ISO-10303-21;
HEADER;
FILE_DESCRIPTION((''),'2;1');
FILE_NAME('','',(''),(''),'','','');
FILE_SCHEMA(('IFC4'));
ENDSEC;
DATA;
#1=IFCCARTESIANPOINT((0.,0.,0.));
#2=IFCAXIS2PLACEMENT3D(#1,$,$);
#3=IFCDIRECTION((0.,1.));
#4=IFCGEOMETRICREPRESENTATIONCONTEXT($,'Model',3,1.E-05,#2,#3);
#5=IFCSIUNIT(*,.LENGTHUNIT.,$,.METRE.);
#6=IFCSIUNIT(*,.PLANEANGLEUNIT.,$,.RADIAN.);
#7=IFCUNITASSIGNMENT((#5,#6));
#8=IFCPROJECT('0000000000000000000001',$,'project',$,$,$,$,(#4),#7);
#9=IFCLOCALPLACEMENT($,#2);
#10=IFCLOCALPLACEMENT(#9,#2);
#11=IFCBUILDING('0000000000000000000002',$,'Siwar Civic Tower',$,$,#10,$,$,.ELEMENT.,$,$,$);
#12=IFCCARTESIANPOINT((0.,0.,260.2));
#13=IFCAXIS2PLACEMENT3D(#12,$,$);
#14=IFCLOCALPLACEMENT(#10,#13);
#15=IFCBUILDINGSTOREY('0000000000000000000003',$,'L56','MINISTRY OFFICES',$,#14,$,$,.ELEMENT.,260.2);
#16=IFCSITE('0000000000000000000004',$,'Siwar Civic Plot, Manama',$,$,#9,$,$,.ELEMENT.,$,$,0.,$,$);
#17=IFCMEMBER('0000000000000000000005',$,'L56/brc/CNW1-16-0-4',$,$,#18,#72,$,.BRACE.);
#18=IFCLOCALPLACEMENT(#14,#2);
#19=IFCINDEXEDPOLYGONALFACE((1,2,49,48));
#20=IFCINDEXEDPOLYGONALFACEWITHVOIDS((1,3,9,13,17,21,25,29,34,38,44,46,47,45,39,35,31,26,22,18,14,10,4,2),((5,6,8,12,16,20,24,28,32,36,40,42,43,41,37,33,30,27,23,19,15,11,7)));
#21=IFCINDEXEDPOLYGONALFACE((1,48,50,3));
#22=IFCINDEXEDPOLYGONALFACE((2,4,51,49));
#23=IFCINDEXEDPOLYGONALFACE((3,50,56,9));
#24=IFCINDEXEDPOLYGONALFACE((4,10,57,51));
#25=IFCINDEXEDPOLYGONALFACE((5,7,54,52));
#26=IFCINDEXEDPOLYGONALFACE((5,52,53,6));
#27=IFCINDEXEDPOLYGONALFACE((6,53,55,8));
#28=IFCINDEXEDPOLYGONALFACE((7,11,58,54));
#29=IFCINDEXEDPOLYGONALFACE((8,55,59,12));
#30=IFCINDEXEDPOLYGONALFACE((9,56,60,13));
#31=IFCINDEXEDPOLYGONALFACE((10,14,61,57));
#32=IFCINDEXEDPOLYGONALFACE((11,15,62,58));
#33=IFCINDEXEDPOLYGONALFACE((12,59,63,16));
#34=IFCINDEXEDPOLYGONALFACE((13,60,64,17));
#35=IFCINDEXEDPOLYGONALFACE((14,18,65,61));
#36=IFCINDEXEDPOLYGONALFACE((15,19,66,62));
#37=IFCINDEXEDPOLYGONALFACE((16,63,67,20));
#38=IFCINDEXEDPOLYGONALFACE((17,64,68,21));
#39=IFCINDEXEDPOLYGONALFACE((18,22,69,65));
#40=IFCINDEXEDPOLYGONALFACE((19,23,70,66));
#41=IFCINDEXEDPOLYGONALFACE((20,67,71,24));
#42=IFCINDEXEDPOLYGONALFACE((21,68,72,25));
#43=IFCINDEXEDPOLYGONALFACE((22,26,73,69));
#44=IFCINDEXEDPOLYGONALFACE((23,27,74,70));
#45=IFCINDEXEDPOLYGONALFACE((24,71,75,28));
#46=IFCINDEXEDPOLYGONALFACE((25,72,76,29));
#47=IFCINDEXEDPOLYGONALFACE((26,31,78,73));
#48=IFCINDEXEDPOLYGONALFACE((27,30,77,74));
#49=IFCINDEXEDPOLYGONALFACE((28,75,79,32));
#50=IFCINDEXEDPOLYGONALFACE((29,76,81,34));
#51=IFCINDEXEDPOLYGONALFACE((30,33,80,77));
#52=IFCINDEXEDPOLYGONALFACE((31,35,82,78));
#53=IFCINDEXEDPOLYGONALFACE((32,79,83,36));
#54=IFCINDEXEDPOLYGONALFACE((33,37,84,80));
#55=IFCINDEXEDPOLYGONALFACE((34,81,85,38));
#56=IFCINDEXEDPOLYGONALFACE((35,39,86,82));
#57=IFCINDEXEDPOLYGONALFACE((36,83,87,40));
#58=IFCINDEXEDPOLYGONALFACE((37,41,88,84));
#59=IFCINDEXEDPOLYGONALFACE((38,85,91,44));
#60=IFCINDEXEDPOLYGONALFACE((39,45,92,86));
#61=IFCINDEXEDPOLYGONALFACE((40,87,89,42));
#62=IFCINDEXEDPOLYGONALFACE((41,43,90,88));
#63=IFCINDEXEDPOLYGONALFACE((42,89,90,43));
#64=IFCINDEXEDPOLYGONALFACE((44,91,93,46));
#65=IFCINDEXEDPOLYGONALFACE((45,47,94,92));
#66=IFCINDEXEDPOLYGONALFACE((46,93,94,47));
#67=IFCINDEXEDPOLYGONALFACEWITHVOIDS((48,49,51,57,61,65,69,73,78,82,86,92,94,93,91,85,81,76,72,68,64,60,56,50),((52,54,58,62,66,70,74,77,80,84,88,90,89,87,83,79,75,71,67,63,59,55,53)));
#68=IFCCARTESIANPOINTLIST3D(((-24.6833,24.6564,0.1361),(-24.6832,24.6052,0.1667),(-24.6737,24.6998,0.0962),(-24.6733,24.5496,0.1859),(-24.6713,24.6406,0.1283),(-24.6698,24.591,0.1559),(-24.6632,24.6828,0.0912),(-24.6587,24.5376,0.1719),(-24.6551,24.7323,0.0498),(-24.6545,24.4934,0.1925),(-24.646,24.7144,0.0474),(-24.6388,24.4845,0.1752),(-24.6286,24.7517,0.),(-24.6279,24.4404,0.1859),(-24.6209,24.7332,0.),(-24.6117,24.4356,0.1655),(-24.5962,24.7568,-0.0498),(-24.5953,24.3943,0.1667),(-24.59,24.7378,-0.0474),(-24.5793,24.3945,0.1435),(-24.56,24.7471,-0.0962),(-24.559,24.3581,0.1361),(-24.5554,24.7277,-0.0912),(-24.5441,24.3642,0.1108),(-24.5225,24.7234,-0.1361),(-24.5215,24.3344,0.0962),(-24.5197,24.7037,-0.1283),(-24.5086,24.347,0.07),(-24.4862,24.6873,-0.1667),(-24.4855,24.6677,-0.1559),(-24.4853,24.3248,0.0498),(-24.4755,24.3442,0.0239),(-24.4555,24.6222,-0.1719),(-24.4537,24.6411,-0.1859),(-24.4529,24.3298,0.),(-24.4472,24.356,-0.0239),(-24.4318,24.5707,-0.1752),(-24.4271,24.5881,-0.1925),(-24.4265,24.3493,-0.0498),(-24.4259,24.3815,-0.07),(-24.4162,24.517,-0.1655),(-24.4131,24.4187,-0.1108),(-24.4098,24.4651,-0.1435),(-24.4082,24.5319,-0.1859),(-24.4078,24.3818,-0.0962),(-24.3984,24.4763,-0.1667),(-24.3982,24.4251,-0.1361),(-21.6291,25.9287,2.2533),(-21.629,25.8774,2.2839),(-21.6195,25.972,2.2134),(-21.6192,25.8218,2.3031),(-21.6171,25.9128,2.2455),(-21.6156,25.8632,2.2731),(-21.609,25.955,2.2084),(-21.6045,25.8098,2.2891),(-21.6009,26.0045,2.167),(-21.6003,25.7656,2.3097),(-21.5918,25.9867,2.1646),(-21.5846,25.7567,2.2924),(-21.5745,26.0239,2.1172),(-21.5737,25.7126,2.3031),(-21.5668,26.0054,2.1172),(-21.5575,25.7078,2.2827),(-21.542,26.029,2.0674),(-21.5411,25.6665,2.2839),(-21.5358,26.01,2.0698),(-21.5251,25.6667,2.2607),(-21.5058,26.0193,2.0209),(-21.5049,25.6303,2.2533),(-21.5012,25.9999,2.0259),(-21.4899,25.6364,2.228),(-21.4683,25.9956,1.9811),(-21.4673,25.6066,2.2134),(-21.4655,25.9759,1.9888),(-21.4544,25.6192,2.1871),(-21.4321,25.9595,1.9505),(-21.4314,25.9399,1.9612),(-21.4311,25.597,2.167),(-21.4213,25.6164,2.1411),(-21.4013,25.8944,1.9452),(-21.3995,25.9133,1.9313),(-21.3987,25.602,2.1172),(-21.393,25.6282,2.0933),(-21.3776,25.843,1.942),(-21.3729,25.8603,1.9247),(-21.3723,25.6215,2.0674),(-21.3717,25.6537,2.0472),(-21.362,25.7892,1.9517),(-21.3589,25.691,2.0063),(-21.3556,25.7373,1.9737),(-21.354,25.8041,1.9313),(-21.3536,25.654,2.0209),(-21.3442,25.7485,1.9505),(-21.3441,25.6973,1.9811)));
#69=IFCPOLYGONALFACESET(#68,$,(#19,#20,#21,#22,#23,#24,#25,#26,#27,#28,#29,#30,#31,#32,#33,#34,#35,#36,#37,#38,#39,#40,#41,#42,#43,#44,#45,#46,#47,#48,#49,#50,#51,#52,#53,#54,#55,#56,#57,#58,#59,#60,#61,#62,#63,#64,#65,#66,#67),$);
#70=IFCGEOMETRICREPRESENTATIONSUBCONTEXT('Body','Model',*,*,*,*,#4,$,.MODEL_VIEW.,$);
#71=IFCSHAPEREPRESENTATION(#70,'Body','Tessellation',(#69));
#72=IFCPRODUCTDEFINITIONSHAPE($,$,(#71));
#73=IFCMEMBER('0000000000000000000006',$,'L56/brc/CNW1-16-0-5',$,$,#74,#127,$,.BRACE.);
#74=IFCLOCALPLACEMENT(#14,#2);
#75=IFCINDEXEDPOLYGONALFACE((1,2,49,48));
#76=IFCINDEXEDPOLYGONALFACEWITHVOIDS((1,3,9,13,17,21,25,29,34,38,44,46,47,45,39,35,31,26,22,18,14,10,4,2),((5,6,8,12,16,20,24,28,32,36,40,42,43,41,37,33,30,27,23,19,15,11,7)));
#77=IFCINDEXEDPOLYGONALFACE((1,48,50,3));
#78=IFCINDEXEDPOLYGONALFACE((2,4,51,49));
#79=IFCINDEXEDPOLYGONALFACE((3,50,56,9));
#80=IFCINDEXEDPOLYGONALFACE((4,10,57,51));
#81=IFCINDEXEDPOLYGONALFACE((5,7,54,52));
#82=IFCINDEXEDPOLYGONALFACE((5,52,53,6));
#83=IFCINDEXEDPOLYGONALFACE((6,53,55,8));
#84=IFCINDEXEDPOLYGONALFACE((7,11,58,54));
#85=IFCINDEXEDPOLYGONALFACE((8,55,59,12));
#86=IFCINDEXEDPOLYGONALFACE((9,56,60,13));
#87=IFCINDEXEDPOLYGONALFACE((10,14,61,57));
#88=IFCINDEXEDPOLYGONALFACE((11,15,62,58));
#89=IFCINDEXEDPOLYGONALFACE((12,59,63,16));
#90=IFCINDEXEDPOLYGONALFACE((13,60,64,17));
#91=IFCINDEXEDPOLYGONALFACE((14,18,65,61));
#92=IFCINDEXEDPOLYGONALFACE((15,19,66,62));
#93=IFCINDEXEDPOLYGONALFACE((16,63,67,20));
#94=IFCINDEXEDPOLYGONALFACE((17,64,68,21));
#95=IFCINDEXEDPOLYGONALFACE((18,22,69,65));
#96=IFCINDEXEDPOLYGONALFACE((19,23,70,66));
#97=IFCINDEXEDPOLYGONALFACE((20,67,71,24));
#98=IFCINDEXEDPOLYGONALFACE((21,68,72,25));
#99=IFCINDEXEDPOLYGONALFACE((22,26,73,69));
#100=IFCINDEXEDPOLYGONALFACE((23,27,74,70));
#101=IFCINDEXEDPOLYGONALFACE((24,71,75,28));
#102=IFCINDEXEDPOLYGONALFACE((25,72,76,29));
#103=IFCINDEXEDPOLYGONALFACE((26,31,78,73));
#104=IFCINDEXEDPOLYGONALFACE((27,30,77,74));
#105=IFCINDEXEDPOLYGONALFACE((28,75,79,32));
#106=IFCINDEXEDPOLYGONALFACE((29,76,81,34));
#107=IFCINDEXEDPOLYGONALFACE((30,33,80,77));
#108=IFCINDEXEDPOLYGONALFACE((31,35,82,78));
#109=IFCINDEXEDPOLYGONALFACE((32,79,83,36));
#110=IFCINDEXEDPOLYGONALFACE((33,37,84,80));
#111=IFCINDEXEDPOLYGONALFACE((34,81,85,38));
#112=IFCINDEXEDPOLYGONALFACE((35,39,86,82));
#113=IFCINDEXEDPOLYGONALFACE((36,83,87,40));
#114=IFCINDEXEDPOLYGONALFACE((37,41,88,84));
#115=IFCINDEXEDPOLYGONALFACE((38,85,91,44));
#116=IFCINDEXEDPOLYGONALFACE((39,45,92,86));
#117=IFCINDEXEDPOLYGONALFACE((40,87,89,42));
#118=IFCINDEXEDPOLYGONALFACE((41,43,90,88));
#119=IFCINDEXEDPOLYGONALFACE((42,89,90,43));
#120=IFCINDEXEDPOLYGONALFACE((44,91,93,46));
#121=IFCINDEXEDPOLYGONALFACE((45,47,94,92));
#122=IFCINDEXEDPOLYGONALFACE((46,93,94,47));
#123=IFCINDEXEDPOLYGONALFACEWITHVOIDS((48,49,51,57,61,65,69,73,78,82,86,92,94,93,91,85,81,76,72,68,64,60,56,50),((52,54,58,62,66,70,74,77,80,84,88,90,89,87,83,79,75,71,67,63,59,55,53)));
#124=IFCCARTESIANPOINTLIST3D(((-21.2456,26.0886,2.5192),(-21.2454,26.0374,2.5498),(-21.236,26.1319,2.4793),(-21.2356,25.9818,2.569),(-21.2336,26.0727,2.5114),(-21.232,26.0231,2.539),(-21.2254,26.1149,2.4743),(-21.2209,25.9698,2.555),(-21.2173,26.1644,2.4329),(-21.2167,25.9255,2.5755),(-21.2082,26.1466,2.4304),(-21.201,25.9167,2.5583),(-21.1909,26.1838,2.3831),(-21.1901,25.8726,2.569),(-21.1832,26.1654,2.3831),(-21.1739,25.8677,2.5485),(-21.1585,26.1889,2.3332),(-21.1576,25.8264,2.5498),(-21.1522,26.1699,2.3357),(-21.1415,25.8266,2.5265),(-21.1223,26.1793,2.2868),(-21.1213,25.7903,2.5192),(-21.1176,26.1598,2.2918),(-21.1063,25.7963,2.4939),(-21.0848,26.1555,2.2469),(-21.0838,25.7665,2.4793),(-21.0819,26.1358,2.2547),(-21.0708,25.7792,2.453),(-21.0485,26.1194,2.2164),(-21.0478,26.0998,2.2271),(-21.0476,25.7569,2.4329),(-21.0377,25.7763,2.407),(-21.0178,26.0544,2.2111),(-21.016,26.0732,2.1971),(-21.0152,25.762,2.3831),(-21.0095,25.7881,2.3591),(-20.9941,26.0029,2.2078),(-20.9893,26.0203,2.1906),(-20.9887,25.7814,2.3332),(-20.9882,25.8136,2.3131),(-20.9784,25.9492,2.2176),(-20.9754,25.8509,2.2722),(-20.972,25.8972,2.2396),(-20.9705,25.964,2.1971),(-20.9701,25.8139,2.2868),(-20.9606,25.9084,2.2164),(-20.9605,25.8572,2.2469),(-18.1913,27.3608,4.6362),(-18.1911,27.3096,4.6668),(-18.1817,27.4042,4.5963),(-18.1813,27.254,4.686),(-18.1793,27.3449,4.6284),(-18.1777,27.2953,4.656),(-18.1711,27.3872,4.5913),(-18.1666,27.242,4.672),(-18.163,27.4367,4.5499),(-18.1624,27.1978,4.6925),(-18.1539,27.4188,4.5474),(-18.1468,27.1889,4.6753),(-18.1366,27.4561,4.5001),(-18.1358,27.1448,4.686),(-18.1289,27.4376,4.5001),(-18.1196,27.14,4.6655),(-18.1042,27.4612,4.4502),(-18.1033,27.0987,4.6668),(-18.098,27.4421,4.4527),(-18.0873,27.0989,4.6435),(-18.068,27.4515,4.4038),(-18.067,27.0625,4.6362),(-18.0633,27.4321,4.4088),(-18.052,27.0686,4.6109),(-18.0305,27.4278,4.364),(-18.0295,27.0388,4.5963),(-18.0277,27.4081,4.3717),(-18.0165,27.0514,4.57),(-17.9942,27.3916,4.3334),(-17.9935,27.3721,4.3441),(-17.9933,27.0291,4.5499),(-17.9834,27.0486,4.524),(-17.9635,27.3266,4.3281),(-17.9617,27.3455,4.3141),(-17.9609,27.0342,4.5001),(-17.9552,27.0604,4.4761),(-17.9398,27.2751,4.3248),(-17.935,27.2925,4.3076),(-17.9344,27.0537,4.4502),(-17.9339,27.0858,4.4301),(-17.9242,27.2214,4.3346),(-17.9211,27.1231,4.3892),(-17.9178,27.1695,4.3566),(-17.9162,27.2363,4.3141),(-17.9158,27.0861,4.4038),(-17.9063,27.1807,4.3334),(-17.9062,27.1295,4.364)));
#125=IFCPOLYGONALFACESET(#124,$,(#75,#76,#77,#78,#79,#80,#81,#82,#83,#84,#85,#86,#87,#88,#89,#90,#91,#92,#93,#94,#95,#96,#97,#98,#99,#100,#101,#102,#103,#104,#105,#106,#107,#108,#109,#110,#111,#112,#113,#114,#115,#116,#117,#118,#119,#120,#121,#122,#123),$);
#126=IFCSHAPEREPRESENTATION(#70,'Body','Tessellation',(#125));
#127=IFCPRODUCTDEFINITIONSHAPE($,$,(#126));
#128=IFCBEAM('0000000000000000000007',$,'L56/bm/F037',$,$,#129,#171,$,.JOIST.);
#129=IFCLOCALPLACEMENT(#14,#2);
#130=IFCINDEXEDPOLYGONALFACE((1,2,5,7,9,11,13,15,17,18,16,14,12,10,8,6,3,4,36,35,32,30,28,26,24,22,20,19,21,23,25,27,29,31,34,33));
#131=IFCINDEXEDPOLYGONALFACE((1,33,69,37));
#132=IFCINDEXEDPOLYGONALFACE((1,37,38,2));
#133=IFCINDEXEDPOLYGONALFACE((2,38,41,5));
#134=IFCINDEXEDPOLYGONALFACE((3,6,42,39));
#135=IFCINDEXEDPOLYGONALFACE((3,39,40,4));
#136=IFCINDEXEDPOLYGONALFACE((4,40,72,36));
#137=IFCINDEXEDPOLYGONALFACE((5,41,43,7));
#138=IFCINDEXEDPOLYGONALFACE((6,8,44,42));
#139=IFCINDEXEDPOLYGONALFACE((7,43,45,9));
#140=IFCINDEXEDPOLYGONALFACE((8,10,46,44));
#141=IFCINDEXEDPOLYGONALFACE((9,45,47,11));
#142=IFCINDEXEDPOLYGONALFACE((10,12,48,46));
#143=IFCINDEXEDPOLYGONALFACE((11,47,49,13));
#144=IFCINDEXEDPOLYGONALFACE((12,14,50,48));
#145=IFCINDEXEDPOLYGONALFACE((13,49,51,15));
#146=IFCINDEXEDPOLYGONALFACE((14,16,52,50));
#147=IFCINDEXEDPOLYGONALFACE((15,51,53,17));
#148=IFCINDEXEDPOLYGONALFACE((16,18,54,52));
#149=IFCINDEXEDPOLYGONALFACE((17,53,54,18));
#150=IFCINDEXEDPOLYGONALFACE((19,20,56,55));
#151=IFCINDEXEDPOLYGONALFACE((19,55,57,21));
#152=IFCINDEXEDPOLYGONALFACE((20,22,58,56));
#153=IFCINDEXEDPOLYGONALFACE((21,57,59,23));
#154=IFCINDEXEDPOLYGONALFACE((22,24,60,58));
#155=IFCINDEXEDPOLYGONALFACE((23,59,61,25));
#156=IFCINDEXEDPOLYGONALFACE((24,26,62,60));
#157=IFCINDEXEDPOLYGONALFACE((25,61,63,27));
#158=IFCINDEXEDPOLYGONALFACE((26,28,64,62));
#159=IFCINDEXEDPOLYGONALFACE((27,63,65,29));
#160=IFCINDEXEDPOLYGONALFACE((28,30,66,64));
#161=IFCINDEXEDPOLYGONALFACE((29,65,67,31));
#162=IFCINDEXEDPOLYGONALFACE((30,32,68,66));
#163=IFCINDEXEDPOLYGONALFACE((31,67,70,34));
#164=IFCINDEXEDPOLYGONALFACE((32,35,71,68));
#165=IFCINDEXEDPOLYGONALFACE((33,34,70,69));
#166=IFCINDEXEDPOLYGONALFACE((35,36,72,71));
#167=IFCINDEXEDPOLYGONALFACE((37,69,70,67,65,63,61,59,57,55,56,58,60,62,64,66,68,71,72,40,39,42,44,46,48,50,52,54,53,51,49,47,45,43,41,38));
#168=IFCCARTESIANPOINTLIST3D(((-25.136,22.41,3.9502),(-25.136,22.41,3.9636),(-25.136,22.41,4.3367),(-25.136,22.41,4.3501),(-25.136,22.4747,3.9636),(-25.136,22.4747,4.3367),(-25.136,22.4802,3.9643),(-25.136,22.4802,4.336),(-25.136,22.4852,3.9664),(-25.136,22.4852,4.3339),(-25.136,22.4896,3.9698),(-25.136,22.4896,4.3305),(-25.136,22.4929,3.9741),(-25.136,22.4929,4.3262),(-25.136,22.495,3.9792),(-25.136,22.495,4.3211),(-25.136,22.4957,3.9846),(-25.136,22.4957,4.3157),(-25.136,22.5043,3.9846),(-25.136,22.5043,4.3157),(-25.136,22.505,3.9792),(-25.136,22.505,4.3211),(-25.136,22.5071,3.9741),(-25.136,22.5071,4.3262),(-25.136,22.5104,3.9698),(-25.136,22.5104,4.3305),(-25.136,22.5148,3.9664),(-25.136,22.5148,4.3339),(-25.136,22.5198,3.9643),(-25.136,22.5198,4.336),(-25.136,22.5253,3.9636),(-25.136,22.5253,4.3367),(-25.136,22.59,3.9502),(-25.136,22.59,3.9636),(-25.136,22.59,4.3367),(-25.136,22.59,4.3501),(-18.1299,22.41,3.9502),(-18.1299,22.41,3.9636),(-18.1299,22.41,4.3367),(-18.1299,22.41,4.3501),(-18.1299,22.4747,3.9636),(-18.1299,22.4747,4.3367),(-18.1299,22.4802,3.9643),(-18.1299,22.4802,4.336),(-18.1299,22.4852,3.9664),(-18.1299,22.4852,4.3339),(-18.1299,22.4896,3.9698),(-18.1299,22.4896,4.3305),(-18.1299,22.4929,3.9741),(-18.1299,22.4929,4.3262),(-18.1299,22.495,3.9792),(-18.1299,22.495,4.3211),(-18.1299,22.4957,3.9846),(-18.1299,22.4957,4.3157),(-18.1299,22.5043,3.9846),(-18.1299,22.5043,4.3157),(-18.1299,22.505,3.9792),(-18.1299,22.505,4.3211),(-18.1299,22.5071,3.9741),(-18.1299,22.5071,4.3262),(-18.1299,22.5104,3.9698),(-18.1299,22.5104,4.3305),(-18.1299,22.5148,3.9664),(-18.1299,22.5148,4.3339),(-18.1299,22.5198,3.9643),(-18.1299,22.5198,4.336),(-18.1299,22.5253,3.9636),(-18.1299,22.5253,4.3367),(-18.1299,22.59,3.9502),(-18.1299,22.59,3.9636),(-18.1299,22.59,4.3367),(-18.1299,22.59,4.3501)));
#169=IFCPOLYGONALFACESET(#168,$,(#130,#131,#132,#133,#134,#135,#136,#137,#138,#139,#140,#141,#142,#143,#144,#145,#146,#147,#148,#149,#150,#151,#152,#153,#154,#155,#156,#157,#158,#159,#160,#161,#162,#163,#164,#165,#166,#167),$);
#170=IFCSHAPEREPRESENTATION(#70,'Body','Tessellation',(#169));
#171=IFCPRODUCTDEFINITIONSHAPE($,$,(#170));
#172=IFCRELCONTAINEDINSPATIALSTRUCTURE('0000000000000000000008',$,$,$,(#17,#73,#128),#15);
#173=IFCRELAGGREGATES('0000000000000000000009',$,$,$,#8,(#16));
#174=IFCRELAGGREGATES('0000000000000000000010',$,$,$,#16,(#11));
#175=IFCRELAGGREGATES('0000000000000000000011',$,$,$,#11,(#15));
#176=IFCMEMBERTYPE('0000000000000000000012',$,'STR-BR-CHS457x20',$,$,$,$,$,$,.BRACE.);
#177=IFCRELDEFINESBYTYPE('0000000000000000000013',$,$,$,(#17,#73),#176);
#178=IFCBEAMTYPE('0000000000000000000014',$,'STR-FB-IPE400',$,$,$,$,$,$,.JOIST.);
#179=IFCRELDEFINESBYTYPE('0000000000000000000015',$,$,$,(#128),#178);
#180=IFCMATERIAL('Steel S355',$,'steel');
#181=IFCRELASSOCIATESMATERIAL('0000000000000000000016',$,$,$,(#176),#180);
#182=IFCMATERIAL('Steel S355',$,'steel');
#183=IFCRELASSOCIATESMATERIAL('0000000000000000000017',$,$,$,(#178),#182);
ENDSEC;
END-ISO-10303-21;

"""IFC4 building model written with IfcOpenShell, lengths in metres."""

from ifc_helpers import new_model, si_unit, direction, frame, origin, origin_2d, place, context, subcontext, project, spatial, hollow_circle, i_section, extrude, material, material_profile, profile_set, type_object, element, save


model = new_model("IFC4")

# Units and contexts
model_context = context("Model", 3, precision=1e-05, world=origin(), true_north=direction((0.0, 1.0)))
body_context = subcontext(model_context, "Body", "Model", "MODEL_VIEW")
ifc_project = project(units=[si_unit("LENGTHUNIT", "METRE"), si_unit("PLANEANGLEUNIT", "RADIAN")], contexts=[model_context])

# Site, building, storey
site_placement = place(None, origin())
site = spatial("IfcSite", under=ifc_project, at=site_placement, Name="Siwar Civic Plot, Manama", CompositionType="ELEMENT", RefElevation=0.0)
building_placement = place(site_placement, origin())
building = spatial("IfcBuilding", under=site, at=building_placement, Name="Siwar Civic Tower", CompositionType="ELEMENT")
storey_placement = place(building_placement, frame((0.0, 0.0, 260.2)))
storey = spatial("IfcBuildingStorey", under=building, at=storey_placement, Name="L56", Description="MINISTRY OFFICES", CompositionType="ELEMENT", Elevation=260.2)

# Members
ifc_material_1 = material(Name="Steel S355", Category="steel")
ifc_material_profile_1 = material_profile(ifc_material_1, hollow_circle(Radius=0.2285, WallThickness=0.02, at=origin_2d()), Name="CHS457x20")
ifc_profile_set_1 = profile_set([ifc_material_profile_1], Name="Steel S355")
member_type_1 = type_object("IfcMemberType", Name="STR-BR-CHS457x20", PredefinedType="BRACE", material=ifc_profile_set_1)
for number, where, z_axis, x_axis, name in (
    (1, (-24.5408, 24.5408, 0.0), (0.777546, 0.323884, 0.538999), (-0.384521, 0.923116, 0.0), "L56/brc/CNW1-16-0-4"),
    (2, (-21.103, 25.9729, 2.3831), (0.777572, 0.323895, 0.538955), (-0.384521, 0.923116, 0.0), "L56/brc/CNW1-16-0-5"),
):
    element("IfcMember", number, at=place(storey_placement, frame(where, z_axis=z_axis, x_axis=x_axis)), inside=storey, type_object=member_type_1, Name=name, PredefinedType="BRACE", context=body_context, shape_type="SweptSolid", body=[
        extrude(hollow_circle(Radius=0.2285, WallThickness=0.02, at=origin_2d()), origin(), (0.0, 0.0, 1.0), 3.928),
    ])

# Beam
ifc_material_2 = material(Name="Steel S355", Category="steel")
ifc_material_profile_2 = material_profile(ifc_material_2, i_section(OverallWidth=0.1799, OverallDepth=0.3999, WebThickness=0.0085, FlangeThickness=0.0134, FilletRadius=0.021, at=origin_2d()), Name="IPE400")
ifc_profile_set_2 = profile_set([ifc_material_profile_2], Name="Steel S355")
beam_type_1 = type_object("IfcBeamType", Name="STR-FB-IPE400", PredefinedType="JOIST", material=ifc_profile_set_2)
beam_1_placement = place(storey_placement, frame((-25.136, 22.5, 4.1501), z_axis=(1.0, 0.0, 0.0), x_axis=(0.0, 1.0, 0.0)))
element("IfcBeam", 3, at=beam_1_placement, inside=storey, type_object=beam_type_1, Name="L56/bm/F037", PredefinedType="JOIST", context=body_context, shape_type="SweptSolid", body=[
    extrude(i_section(OverallWidth=0.1799, OverallDepth=0.3999, WebThickness=0.0085, FlangeThickness=0.0134, FilletRadius=0.021, at=origin_2d()), origin(), (0.0, 0.0, 1.0), 7.0061),
])

save(model, "model.ifc")
